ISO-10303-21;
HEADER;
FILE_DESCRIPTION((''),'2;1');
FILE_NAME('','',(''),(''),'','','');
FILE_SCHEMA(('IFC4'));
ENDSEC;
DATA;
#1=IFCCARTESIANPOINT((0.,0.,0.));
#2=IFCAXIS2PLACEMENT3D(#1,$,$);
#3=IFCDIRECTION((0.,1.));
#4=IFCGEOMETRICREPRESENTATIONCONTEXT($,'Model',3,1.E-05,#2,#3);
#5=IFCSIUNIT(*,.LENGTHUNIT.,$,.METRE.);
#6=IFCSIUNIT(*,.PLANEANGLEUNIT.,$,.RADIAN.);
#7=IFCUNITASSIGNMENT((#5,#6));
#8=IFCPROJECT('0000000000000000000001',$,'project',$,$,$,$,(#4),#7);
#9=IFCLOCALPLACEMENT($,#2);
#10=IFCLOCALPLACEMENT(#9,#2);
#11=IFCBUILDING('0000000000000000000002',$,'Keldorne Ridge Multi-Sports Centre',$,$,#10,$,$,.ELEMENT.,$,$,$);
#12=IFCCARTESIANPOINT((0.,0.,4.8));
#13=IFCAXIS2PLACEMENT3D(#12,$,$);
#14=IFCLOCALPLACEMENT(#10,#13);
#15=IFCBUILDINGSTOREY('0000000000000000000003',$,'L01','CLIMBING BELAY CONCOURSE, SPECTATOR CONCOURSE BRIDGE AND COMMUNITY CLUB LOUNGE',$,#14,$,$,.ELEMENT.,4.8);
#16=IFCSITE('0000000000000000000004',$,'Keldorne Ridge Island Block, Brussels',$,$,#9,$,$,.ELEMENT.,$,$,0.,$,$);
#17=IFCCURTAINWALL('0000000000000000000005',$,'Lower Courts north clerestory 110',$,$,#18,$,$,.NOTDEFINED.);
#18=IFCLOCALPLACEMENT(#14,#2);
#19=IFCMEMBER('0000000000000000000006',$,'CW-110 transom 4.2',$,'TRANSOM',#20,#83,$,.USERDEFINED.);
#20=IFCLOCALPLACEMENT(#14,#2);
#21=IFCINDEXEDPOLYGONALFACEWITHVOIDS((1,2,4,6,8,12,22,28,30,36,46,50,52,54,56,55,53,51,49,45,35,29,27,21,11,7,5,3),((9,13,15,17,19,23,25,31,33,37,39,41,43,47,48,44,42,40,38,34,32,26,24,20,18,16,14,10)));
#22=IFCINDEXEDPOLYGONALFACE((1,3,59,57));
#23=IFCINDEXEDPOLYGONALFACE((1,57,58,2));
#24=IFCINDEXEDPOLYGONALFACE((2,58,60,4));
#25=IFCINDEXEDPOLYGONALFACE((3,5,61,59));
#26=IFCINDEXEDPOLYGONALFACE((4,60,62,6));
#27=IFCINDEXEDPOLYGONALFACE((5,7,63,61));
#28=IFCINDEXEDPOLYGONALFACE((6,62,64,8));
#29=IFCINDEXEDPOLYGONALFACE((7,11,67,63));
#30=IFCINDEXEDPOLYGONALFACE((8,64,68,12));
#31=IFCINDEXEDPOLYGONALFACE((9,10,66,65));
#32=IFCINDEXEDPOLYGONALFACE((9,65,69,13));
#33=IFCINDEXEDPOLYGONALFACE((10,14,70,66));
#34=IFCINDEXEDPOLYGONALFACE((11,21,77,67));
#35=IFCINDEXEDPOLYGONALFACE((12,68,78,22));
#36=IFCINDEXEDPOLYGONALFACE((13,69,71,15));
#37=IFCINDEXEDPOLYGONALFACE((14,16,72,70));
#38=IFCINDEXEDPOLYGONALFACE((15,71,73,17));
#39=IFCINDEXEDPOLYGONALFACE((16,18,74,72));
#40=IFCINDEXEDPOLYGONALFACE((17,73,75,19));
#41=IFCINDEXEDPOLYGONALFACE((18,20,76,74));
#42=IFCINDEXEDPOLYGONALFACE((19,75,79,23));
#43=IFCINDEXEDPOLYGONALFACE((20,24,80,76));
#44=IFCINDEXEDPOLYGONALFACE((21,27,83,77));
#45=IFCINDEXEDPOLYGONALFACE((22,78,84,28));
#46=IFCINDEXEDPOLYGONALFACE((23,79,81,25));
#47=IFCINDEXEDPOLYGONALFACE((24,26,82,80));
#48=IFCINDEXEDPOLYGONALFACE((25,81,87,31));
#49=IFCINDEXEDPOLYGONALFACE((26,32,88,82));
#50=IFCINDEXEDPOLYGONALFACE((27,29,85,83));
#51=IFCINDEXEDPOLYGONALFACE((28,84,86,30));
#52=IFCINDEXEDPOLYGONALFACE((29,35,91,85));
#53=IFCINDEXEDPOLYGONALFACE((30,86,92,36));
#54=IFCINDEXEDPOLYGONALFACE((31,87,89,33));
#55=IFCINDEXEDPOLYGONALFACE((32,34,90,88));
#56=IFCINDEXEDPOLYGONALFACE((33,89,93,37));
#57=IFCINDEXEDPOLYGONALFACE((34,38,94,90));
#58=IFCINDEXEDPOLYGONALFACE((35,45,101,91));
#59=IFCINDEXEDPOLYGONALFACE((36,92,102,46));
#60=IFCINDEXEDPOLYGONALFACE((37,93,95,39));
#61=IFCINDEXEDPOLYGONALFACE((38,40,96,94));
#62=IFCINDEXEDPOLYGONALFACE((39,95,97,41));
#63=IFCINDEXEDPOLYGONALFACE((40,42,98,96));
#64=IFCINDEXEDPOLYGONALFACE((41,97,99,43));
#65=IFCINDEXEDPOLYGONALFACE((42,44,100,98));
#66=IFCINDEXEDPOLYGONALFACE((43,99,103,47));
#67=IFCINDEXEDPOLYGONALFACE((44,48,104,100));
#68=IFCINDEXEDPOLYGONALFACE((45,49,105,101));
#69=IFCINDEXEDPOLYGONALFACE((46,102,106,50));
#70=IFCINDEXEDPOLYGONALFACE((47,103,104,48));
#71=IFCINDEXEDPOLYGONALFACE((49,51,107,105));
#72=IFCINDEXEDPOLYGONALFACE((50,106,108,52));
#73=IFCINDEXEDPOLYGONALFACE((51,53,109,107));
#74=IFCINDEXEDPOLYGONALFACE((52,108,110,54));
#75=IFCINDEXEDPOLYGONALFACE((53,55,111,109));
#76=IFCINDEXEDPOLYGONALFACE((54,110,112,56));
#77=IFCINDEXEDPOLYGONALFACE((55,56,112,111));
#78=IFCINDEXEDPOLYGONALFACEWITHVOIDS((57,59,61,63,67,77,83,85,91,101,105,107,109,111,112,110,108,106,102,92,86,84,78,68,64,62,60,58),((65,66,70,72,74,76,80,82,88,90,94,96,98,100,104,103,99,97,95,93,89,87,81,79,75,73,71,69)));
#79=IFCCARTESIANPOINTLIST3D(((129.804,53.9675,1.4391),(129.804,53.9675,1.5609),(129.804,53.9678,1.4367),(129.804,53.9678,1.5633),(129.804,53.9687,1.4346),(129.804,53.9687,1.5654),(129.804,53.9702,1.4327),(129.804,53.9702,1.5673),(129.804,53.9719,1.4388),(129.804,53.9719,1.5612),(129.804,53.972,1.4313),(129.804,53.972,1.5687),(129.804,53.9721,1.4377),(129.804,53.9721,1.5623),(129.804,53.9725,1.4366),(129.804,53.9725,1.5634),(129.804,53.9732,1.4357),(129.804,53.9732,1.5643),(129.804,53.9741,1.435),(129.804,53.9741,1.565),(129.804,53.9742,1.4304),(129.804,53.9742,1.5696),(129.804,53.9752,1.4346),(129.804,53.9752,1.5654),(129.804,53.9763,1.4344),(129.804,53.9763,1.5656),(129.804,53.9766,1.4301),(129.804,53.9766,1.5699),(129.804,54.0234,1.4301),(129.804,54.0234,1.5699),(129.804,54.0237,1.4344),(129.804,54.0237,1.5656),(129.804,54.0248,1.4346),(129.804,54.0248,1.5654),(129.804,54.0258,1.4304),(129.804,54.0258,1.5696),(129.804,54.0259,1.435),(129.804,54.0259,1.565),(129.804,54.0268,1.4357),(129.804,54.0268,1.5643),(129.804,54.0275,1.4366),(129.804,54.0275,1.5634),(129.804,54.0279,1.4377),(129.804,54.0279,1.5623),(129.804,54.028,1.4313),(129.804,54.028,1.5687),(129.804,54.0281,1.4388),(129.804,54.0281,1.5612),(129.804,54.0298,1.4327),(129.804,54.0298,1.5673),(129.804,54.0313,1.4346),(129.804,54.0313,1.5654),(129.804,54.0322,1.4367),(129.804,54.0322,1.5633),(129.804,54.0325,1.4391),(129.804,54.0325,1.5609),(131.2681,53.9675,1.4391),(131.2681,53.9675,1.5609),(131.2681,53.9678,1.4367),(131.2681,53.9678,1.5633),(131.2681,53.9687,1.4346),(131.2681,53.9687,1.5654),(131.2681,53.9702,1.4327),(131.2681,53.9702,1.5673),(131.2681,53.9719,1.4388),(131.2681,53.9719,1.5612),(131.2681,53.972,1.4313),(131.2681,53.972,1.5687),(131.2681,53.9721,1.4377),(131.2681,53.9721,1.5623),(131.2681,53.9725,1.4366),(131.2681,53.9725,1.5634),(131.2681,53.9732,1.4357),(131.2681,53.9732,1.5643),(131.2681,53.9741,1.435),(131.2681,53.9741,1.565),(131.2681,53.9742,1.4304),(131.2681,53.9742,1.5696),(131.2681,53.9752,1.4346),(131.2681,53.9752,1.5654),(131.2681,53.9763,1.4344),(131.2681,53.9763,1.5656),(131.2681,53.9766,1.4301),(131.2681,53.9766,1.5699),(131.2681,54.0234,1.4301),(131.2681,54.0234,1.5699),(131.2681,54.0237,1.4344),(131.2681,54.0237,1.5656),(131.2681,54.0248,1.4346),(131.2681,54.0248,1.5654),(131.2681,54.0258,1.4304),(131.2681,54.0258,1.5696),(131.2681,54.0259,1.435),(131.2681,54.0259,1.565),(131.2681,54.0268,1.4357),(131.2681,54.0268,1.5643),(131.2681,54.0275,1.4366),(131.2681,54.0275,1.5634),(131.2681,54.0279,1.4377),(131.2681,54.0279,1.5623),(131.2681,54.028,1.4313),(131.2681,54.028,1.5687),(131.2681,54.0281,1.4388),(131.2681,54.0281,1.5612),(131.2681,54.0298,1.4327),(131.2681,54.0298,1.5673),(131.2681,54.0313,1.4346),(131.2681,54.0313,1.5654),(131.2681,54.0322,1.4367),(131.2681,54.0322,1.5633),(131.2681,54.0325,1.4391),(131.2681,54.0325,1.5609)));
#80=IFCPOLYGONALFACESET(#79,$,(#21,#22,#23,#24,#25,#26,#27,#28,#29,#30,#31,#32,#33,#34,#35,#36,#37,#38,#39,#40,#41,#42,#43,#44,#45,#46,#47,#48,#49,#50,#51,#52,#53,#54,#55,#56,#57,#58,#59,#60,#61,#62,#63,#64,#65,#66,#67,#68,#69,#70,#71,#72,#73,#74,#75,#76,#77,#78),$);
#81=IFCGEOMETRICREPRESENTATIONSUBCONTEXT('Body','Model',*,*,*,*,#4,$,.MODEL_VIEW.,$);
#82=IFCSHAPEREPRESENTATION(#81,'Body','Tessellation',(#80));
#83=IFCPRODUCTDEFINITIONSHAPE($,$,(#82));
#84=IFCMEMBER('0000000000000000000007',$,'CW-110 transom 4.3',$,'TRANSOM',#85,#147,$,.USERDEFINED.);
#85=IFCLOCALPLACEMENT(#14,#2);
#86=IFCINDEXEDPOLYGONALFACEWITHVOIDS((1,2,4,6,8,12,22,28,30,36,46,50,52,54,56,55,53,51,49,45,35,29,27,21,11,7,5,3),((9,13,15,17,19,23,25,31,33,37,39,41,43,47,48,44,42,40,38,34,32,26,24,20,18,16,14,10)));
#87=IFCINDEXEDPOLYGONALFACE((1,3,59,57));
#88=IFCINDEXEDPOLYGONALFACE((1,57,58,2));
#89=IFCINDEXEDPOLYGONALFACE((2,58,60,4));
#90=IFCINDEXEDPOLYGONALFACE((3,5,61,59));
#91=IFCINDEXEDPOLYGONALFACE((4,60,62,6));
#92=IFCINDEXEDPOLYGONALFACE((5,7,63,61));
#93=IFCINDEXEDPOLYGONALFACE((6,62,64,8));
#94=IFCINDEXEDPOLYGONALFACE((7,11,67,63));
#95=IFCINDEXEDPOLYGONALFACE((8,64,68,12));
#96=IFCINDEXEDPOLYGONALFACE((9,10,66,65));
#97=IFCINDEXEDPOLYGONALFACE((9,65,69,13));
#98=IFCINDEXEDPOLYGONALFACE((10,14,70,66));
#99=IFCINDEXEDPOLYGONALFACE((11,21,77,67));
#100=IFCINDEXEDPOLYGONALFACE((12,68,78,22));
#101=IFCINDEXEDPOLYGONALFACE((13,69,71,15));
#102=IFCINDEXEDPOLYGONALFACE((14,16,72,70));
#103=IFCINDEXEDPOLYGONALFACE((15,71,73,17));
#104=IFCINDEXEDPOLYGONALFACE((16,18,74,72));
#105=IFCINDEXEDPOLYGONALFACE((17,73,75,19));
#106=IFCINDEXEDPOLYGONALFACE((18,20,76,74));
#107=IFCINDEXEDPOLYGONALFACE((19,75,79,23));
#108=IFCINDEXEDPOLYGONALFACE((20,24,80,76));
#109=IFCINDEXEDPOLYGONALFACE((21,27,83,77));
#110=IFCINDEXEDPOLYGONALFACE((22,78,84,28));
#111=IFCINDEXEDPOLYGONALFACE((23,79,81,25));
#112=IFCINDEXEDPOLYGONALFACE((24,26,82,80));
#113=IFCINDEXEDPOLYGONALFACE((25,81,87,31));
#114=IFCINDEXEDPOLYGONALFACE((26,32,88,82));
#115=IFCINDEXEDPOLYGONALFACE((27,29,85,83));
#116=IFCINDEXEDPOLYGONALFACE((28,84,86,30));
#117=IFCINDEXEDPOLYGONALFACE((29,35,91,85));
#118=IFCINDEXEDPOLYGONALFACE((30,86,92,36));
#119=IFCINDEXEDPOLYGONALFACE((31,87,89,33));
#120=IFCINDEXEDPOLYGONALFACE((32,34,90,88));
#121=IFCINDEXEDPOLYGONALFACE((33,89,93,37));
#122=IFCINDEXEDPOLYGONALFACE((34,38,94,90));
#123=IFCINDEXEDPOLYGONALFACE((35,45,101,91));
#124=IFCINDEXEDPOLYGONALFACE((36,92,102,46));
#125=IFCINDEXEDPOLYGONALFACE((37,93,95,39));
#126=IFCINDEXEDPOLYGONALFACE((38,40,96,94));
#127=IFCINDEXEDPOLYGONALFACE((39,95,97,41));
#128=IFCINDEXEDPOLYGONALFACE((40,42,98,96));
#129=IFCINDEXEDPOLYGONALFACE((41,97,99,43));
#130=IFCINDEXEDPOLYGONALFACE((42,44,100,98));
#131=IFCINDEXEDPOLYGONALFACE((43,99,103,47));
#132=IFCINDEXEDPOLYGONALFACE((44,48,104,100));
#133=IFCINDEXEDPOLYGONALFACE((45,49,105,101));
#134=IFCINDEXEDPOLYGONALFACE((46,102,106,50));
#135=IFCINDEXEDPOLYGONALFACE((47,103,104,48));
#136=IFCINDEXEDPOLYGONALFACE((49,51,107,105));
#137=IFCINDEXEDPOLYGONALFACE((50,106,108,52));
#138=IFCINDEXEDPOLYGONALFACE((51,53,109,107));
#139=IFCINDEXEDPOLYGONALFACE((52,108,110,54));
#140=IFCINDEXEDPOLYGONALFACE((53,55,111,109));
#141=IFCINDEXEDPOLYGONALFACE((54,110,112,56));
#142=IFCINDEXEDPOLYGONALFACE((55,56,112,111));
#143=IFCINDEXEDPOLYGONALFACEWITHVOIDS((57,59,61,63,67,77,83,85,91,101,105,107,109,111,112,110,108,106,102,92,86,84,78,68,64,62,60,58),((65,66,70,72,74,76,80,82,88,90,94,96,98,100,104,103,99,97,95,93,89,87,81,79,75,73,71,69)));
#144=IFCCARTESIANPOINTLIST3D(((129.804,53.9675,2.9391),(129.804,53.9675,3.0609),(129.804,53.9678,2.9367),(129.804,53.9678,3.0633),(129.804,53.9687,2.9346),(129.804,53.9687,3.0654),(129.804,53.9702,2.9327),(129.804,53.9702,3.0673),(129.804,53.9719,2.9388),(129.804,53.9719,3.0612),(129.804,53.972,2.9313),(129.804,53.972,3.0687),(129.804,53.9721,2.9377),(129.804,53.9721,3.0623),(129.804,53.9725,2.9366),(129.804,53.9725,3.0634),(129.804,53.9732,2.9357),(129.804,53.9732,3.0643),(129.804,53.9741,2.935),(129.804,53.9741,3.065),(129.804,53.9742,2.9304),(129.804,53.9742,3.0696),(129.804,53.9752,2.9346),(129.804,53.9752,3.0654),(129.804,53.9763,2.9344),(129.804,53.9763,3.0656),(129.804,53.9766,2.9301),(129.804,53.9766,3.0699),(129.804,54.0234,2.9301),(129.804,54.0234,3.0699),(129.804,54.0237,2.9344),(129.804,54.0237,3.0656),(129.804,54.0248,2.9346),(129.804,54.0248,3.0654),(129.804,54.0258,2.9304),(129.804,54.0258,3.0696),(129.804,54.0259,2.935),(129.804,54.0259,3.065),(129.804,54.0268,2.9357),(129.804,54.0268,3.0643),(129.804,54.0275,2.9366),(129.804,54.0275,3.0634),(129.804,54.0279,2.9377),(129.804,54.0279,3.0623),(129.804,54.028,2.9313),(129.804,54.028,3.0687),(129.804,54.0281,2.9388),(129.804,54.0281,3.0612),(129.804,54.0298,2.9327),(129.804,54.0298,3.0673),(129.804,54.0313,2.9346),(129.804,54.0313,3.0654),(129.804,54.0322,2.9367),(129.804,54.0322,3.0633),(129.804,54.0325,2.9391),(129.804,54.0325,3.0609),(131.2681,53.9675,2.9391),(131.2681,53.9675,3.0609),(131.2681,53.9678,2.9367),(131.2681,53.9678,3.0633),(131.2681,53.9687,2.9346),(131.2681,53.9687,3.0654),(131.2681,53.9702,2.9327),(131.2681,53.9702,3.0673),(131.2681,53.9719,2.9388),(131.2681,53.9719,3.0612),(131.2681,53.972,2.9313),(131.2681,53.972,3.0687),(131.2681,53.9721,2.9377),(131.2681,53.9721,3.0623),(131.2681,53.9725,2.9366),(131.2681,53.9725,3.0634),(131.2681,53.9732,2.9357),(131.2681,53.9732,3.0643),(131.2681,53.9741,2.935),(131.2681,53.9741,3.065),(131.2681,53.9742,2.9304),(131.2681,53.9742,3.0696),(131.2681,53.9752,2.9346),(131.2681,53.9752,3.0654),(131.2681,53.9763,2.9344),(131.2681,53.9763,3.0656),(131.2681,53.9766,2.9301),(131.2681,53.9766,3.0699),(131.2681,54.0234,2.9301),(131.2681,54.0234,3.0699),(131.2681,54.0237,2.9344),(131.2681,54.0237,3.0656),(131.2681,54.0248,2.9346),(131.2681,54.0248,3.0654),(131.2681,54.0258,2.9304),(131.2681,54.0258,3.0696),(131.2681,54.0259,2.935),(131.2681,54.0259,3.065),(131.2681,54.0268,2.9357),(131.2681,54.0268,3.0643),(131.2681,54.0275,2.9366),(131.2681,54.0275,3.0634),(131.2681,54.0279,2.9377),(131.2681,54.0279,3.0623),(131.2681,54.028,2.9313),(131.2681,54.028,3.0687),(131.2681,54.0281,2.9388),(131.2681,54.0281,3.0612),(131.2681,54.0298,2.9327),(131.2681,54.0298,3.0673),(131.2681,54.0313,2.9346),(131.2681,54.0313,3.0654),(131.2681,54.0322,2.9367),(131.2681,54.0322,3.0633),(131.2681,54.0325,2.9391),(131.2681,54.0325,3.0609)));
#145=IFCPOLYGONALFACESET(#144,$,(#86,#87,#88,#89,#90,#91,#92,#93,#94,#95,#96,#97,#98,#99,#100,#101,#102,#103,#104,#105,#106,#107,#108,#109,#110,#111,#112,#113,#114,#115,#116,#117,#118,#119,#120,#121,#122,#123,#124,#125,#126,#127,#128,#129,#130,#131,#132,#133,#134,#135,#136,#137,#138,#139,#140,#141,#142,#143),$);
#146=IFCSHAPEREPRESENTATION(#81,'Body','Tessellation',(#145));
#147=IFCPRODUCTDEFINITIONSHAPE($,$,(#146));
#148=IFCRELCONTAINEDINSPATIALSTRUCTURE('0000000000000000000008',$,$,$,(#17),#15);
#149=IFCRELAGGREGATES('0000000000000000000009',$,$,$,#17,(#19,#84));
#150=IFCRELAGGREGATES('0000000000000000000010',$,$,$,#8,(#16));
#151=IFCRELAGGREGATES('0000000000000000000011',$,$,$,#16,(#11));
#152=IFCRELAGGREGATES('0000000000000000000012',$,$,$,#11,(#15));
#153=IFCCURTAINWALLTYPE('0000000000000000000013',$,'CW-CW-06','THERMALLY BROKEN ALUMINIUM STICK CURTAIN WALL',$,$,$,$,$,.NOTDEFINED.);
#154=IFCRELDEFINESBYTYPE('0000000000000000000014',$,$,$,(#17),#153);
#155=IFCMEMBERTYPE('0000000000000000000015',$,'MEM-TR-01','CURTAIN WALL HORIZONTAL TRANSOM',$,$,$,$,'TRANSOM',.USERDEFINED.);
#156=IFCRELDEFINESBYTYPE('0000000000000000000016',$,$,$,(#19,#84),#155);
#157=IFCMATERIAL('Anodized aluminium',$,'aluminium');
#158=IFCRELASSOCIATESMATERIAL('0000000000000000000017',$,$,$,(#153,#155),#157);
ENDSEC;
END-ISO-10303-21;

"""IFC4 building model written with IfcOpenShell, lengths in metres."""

from ifc_helpers import new_model, si_unit, direction, frame, origin, origin_2d, place, context, subcontext, project, spatial, hollow_rectangle, extrude, material, material_profile, profile_set, type_object, element, aggregate, save


model = new_model("IFC4")

# Units and contexts
model_context = context("Model", 3, precision=1e-05, world=origin(), true_north=direction((0.0, 1.0)))
body_context = subcontext(model_context, "Body", "Model", "MODEL_VIEW")
ifc_project = project(units=[si_unit("LENGTHUNIT", "METRE"), si_unit("PLANEANGLEUNIT", "RADIAN")], contexts=[model_context])

# Site, building, storey
site_placement = place(None, origin())
site = spatial("IfcSite", under=ifc_project, at=site_placement, Name="Keldorne Ridge Island Block, Brussels", CompositionType="ELEMENT", RefElevation=0.0)
building_placement = place(site_placement, origin())
building = spatial("IfcBuilding", under=site, at=building_placement, Name="Keldorne Ridge Multi-Sports Centre", CompositionType="ELEMENT")
storey_placement = place(building_placement, frame((0.0, 0.0, 4.8)))
storey = spatial("IfcBuildingStorey", under=building, at=storey_placement, Name="L01", Description="CLIMBING BELAY CONCOURSE, SPECTATOR CONCOURSE BRIDGE AND COMMUNITY CLUB LOUNGE", CompositionType="ELEMENT", Elevation=4.8)

# Curtain wall
ifc_material_1 = material(Name="Anodized aluminium", Category="aluminium")
curtain_wall_type_1 = type_object("IfcCurtainWallType", Name="CW-CW-06", Description="THERMALLY BROKEN ALUMINIUM STICK CURTAIN WALL", PredefinedType="NOTDEFINED", material=ifc_material_1)
curtain_wall_1_placement = place(storey_placement, origin())
curtain_wall_1 = element("IfcCurtainWall", 1, at=curtain_wall_1_placement, inside=storey, type_object=curtain_wall_type_1, Name="Lower Courts north clerestory 110", PredefinedType="NOTDEFINED")

# Members
ifc_material_profile_1 = material_profile(ifc_material_1, hollow_rectangle(XDim=0.0649, YDim=0.1399, WallThickness=0.0044, InnerFilletRadius=0.0044, OuterFilletRadius=0.009, at=origin_2d()), Name="ALU TRANSOM 140x65x4.5")
ifc_profile_set_1 = profile_set([ifc_material_profile_1], Name="Anodized aluminium")
member_type_1 = type_object("IfcMemberType", Name="MEM-TR-01", Description="CURTAIN WALL HORIZONTAL TRANSOM", ElementType="TRANSOM", PredefinedType="USERDEFINED", material=ifc_profile_set_1)
member_1_placement = place(storey_placement, frame((131.2681, 54.0, 1.5), z_axis=(-1.0, 0.0, 0.0), x_axis=(0.0, -1.0, 0.0)))
member_1 = element("IfcMember", 2, at=member_1_placement, type_object=member_type_1, Name="CW-110 transom 4.2", ObjectType="TRANSOM", PredefinedType="USERDEFINED", context=body_context, shape_type="SweptSolid", body=[
    extrude(hollow_rectangle(XDim=0.0649, YDim=0.1399, WallThickness=0.0044, InnerFilletRadius=0.0044, OuterFilletRadius=0.009, at=origin_2d()), origin(), (0.0, 0.0, 1.0), 1.4641),
])
member_2_placement = place(storey_placement, frame((131.2681, 54.0, 3.0), z_axis=(-1.0, 0.0, 0.0), x_axis=(0.0, -1.0, 0.0)))
member_2 = element("IfcMember", 3, at=member_2_placement, type_object=member_type_1, Name="CW-110 transom 4.3", ObjectType="TRANSOM", PredefinedType="USERDEFINED", context=body_context, shape_type="SweptSolid", body=[
    extrude(hollow_rectangle(XDim=0.0649, YDim=0.1399, WallThickness=0.0044, InnerFilletRadius=0.0044, OuterFilletRadius=0.009, at=origin_2d()), origin(), (0.0, 0.0, 1.0), 1.4641),
])

aggregate(curtain_wall_1, [member_1, member_2])

save(model, "model.ifc")
